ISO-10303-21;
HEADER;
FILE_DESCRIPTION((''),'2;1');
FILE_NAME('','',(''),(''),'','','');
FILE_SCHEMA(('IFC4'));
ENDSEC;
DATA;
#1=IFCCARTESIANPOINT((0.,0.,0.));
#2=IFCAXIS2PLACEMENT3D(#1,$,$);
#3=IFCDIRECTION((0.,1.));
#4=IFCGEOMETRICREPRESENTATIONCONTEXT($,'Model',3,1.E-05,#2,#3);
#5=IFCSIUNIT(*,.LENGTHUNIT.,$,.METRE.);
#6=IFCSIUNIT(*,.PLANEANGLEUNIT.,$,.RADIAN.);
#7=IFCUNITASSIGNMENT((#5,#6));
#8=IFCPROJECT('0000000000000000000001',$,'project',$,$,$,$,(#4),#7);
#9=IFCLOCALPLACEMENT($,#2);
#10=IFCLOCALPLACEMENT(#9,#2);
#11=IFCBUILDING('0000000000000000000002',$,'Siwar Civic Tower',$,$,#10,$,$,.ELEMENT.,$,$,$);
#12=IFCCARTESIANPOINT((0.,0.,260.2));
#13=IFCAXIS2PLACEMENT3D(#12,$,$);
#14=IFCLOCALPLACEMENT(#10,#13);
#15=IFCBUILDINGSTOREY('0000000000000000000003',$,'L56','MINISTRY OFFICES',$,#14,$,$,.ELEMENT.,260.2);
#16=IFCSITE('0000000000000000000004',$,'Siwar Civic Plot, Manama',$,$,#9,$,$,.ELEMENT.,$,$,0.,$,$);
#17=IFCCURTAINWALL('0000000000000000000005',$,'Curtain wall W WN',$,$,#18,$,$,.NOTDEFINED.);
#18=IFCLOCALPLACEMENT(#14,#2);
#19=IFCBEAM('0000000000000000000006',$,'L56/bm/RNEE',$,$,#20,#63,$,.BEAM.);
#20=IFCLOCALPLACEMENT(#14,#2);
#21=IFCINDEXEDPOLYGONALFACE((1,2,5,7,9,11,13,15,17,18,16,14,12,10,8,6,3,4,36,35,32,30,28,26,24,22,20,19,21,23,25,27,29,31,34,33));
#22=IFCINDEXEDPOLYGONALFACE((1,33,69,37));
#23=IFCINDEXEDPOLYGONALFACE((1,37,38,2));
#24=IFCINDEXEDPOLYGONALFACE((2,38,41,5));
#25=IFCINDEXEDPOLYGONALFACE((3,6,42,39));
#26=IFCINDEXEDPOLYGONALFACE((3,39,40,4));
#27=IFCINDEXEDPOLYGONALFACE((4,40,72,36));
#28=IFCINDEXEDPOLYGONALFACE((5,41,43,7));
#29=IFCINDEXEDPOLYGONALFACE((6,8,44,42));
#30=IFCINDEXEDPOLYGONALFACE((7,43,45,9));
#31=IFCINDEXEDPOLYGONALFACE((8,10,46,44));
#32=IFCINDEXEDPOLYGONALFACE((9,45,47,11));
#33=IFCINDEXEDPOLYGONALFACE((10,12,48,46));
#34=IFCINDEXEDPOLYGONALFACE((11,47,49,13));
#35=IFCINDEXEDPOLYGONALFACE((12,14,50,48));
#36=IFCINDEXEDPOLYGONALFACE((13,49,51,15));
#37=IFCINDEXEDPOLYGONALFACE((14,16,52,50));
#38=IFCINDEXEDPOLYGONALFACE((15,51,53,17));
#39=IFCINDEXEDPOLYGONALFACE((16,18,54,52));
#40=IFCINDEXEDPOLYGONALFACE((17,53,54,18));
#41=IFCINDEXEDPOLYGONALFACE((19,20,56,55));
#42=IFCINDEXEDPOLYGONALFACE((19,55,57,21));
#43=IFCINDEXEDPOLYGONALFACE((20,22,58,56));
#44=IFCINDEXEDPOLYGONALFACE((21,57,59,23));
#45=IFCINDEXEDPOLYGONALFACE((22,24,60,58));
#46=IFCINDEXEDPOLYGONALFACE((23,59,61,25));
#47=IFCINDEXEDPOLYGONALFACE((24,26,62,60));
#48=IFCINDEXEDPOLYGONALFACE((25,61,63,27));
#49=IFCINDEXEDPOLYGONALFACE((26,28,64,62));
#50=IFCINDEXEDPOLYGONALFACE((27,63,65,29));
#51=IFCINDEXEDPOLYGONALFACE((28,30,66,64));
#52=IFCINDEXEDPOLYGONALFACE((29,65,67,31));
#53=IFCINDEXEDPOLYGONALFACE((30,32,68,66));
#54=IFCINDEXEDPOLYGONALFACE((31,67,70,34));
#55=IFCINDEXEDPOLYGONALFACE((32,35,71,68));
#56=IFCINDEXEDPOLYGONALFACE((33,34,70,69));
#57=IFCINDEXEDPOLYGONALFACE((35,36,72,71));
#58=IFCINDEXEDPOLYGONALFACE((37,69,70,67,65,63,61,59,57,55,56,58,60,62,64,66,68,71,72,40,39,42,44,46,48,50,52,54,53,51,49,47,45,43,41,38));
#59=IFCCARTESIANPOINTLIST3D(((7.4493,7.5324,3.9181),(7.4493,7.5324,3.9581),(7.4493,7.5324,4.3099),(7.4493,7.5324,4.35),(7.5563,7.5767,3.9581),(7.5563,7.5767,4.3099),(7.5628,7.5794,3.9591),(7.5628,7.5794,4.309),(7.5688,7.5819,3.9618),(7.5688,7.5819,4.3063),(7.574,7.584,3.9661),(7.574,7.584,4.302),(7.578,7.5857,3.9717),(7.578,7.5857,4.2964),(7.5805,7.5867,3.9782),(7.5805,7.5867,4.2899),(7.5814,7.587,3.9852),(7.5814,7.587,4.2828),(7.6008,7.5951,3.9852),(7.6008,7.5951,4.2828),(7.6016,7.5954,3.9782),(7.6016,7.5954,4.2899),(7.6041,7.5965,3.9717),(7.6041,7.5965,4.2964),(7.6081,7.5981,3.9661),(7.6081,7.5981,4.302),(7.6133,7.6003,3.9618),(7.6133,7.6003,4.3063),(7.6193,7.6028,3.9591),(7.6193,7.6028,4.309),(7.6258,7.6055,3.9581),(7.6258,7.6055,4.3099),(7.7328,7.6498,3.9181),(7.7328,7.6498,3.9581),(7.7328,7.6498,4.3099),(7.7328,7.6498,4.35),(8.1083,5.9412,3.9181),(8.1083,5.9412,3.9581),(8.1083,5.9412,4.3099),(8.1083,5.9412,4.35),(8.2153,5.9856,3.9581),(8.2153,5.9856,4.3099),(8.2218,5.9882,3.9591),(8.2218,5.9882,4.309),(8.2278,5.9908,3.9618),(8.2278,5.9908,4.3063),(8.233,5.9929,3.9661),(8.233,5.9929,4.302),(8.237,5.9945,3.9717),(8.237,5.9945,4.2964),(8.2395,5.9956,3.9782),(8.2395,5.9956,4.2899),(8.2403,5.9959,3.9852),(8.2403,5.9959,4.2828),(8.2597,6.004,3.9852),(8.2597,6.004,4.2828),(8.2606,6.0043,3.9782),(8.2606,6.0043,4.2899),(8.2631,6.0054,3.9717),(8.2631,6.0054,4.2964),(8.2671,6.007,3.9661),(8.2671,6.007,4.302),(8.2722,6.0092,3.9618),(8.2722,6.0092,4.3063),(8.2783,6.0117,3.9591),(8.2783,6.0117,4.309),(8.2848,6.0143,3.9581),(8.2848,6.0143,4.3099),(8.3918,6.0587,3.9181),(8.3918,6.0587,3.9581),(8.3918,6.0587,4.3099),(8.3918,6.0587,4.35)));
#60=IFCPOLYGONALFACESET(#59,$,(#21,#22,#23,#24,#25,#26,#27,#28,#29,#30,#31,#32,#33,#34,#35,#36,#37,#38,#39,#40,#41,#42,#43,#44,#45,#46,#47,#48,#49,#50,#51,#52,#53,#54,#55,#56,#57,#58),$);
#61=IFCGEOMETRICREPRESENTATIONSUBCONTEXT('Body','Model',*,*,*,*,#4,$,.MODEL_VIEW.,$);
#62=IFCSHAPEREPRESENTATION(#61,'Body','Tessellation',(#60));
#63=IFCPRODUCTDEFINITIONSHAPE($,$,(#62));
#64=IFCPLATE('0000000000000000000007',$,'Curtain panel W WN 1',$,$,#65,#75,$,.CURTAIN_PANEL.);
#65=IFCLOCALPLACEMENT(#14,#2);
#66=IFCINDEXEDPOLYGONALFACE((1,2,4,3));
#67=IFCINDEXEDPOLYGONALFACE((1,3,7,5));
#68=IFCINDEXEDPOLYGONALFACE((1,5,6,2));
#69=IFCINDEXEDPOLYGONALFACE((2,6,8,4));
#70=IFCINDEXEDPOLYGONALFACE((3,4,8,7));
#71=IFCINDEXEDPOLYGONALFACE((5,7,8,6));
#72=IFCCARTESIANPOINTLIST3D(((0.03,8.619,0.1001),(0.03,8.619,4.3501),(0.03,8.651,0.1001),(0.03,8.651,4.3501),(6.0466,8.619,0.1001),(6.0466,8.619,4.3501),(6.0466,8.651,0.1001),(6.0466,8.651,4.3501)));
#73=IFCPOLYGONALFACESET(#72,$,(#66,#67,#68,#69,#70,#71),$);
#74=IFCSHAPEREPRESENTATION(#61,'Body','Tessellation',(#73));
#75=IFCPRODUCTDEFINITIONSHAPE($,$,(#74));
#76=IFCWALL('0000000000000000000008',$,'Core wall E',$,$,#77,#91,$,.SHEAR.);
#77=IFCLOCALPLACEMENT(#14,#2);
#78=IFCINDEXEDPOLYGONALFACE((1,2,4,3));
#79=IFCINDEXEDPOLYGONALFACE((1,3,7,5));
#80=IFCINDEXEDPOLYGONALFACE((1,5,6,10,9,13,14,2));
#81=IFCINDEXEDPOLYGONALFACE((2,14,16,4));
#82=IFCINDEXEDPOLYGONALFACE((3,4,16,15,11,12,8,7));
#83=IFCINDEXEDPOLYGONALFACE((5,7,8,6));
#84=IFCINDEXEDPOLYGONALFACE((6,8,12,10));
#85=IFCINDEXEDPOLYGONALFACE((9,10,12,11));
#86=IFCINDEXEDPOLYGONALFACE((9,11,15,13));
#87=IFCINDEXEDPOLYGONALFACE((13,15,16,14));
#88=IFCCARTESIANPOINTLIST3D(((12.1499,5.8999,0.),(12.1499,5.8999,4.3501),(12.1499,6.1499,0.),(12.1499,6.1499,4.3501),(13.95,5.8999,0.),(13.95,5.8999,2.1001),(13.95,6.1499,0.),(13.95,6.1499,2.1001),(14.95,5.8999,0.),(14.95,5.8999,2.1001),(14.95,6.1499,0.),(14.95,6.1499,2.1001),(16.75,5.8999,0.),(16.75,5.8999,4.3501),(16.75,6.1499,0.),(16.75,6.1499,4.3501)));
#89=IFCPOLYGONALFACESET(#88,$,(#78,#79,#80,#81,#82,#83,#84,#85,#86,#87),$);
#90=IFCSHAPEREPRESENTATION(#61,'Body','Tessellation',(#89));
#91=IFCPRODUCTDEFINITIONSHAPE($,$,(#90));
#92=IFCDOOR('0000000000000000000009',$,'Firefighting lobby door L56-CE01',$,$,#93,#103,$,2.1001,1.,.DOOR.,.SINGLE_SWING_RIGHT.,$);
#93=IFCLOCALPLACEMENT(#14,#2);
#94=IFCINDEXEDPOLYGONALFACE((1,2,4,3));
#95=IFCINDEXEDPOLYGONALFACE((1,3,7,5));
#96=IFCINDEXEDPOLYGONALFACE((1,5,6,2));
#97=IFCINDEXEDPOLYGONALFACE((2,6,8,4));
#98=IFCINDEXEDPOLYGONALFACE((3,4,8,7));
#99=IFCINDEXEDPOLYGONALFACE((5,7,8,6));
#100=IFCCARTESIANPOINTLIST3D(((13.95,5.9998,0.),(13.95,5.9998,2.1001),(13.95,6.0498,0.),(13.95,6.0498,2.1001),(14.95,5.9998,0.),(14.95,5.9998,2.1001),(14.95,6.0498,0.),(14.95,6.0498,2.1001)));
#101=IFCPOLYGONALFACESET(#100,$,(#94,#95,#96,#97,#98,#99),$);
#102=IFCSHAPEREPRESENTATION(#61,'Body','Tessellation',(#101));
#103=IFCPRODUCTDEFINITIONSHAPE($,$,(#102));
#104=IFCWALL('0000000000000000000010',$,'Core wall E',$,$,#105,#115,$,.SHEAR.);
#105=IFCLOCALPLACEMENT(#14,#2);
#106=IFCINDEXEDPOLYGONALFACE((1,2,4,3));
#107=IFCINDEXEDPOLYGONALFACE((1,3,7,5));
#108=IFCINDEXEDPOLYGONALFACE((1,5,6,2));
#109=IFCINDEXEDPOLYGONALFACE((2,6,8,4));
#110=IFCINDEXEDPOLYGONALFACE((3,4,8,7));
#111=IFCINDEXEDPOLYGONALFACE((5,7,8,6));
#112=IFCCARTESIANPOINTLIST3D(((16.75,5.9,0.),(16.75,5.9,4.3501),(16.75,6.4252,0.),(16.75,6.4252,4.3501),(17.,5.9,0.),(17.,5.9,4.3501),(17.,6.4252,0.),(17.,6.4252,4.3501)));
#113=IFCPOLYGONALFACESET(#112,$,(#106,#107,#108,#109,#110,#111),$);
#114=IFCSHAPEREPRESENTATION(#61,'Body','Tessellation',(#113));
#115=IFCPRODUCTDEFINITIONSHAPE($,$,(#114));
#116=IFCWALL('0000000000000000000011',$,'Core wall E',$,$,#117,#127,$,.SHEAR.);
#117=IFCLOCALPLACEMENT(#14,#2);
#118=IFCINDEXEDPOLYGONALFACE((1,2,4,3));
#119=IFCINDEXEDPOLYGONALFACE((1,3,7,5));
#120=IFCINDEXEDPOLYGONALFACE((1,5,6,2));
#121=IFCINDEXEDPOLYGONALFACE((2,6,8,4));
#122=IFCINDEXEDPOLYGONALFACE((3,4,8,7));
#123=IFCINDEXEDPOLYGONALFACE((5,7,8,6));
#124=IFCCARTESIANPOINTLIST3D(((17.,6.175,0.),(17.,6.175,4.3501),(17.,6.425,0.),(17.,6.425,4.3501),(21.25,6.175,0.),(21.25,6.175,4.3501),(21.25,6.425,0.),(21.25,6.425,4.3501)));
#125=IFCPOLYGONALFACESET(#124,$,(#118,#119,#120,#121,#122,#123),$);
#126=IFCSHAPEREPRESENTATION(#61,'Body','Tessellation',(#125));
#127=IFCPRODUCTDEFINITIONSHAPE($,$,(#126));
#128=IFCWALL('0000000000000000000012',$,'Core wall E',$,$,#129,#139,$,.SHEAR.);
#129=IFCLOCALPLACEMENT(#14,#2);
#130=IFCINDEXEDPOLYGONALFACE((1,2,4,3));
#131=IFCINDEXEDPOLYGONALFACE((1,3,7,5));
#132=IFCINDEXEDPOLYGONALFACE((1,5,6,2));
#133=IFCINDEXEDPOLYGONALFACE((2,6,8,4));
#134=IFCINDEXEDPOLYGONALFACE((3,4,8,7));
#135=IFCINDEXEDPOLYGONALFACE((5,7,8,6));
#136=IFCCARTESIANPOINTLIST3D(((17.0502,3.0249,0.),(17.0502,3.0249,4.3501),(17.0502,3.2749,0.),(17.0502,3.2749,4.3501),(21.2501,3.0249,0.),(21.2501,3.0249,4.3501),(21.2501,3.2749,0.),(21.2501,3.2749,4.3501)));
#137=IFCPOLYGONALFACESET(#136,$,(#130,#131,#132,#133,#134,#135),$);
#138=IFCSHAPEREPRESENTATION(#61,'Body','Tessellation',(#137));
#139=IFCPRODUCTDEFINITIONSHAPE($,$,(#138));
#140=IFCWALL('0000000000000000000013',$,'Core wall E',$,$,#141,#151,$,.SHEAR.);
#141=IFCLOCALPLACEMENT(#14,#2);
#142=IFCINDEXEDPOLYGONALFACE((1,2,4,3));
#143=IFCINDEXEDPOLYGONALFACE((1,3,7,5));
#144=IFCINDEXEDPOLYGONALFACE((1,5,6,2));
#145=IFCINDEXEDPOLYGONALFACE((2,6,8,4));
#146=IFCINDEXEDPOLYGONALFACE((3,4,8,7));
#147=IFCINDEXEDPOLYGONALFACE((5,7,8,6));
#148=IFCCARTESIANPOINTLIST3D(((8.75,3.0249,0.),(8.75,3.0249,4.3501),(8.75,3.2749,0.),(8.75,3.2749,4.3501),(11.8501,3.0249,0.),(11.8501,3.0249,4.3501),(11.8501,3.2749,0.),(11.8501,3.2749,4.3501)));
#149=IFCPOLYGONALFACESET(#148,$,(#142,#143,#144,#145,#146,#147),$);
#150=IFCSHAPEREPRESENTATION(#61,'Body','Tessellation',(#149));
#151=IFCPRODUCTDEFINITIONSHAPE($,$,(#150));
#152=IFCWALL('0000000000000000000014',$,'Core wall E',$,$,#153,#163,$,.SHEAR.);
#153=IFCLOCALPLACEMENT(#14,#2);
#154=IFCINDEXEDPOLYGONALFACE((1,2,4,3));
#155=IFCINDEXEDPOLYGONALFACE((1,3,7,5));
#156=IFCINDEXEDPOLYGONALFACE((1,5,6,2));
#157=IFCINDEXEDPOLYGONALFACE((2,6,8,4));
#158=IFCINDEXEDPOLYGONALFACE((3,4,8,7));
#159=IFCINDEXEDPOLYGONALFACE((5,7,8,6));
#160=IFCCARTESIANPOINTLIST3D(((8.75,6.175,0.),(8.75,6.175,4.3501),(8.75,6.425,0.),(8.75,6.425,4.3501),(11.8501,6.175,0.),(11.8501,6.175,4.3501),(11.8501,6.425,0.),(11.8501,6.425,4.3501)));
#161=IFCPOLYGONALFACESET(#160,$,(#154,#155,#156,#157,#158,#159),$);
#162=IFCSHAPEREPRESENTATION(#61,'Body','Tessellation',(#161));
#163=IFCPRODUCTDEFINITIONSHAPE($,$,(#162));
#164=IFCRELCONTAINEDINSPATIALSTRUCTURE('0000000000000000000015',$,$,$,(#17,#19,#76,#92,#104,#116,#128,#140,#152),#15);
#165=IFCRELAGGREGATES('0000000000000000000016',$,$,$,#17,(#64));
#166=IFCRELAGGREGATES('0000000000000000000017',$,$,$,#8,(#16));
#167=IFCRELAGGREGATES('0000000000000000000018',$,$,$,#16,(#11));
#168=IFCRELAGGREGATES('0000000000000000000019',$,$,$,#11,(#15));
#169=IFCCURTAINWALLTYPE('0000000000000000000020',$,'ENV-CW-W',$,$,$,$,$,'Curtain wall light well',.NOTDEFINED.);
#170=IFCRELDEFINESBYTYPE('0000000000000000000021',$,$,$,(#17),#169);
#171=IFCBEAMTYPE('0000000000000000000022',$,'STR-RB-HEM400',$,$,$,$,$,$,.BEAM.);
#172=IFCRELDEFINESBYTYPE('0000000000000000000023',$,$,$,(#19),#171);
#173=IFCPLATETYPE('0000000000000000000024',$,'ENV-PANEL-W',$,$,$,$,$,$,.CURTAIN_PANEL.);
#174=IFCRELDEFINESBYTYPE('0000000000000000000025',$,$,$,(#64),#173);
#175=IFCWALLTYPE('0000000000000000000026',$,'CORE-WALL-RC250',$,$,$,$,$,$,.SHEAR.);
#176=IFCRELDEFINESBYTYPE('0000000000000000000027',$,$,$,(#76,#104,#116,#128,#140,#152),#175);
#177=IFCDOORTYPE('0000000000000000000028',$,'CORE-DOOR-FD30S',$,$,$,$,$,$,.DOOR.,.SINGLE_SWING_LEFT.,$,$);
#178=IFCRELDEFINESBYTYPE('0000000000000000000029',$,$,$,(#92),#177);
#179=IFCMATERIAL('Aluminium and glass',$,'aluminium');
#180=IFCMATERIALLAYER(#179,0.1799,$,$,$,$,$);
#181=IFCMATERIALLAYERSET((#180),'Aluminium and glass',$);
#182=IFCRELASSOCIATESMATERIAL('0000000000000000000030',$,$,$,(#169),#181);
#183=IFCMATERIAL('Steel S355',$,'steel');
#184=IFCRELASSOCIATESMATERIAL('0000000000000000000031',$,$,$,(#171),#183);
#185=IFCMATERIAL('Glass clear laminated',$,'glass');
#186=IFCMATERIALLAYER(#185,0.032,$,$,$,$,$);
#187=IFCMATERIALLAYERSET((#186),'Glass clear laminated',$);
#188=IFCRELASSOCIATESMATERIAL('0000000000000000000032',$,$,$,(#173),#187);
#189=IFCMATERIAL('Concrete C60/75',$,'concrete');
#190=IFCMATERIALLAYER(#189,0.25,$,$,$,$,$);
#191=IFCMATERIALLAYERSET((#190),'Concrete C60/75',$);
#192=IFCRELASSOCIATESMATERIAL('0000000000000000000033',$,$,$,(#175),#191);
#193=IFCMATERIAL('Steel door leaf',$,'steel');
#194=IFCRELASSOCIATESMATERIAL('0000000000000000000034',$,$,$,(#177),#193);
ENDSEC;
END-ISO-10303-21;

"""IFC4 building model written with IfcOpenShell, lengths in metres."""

from ifc_helpers import new_model, si_unit, direction, frame, frame_2d, origin, origin_2d, place, context, subcontext, project, spatial, rectangle, i_section, extrude, material, layer, layer_set, material_profile, profile_set, type_object, element, fill, aggregate, save


model = new_model("IFC4")

# Units and contexts
model_context = context("Model", 3, precision=1e-05, world=origin(), true_north=direction((0.0, 1.0)))
body_context = subcontext(model_context, "Body", "Model", "MODEL_VIEW")
ifc_project = project(units=[si_unit("LENGTHUNIT", "METRE"), si_unit("PLANEANGLEUNIT", "RADIAN")], contexts=[model_context])

# Site, building, storey
site_placement = place(None, origin())
site = spatial("IfcSite", under=ifc_project, at=site_placement, Name="Siwar Civic Plot, Manama", CompositionType="ELEMENT", RefElevation=0.0)
building_placement = place(site_placement, origin())
building = spatial("IfcBuilding", under=site, at=building_placement, Name="Siwar Civic Tower", CompositionType="ELEMENT")
storey_placement = place(building_placement, frame((0.0, 0.0, 260.2)))
storey = spatial("IfcBuildingStorey", under=building, at=storey_placement, Name="L56", Description="MINISTRY OFFICES", CompositionType="ELEMENT", Elevation=260.2)

# Curtain wall
ifc_material_1 = material(Name="Aluminium and glass", Category="aluminium")
ifc_layer_1 = layer(ifc_material_1, 0.1799)
ifc_layer_set_1 = layer_set([ifc_layer_1], Name="Aluminium and glass")
curtain_wall_type = type_object("IfcCurtainWallType", Name="ENV-CW-W", ElementType="Curtain wall light well", PredefinedType="NOTDEFINED", material=ifc_layer_set_1)
curtain_wall_placement = place(storey_placement, origin())
curtain_wall = element("IfcCurtainWall", 1, at=curtain_wall_placement, inside=storey, type_object=curtain_wall_type, Name="Curtain wall W WN", PredefinedType="NOTDEFINED")

# Beam
ifc_material_2 = material(Name="Steel S355", Category="steel")
ifc_material_profile_1 = material_profile(ifc_material_2, i_section(OverallWidth=0.3069, OverallDepth=0.4319, WebThickness=0.021, FlangeThickness=0.04, FilletRadius=0.0271, at=origin_2d()), Name="HEM400")
ifc_profile_set_1 = profile_set([ifc_material_profile_1], Name="Steel S355")
beam_type_1 = type_object("IfcBeamType", Name="STR-RB-HEM400", PredefinedType="BEAM", material=ifc_profile_set_1)
for number, where, z_axis, x_axis, name in (
    (2, (7.5911, 7.5911, 4.134), (0.382631, -0.923901, 0.0), (0.923901, 0.382631, 0.0), "L56/bm/RNEE"),
):
    element("IfcBeam", number, at=place(storey_placement, frame(where, z_axis=z_axis, x_axis=x_axis)), inside=storey, type_object=beam_type_1, Name=name, PredefinedType="BEAM", context=body_context, shape_type="SweptSolid", body=[
        extrude(i_section(OverallWidth=0.3069, OverallDepth=0.4319, WebThickness=0.021, FlangeThickness=0.04, FilletRadius=0.0271, at=origin_2d()), origin(), (0.0, 0.0, 1.0), 1.7222),
    ])

# Plate
ifc_material_3 = material(Name="Glass clear laminated", Category="glass")
ifc_layer_2 = layer(ifc_material_3, 0.032)
ifc_layer_set_2 = layer_set([ifc_layer_2], Name="Glass clear laminated")
plate_type = type_object("IfcPlateType", Name="ENV-PANEL-W", PredefinedType="CURTAIN_PANEL", material=ifc_layer_set_2)
plate_placement = place(storey_placement, frame((3.0383, 8.635, 0.1001), z_axis=(0.0, 0.0, 1.0), x_axis=(-1.0, 0.0, 0.0)))
plate = element("IfcPlate", 3, at=plate_placement, type_object=plate_type, Name="Curtain panel W WN 1", PredefinedType="CURTAIN_PANEL", context=body_context, shape_type="SweptSolid", body=[
    extrude(rectangle(XDim=6.0166, YDim=0.032, at=origin_2d()), origin(), (0.0, 0.0, 1.0), 4.25),
])
aggregate(curtain_wall, [plate])

# Wall, opening, door
ifc_material_4 = material(Name="Concrete C60/75", Category="concrete")
ifc_layer_3 = layer(ifc_material_4, 0.25)
ifc_layer_set_3 = layer_set([ifc_layer_3], Name="Concrete C60/75")
wall_type_1 = type_object("IfcWallType", Name="CORE-WALL-RC250", PredefinedType="SHEAR", material=ifc_layer_set_3)
wall_1_placement = place(storey_placement, frame((12.1499, 6.0249, 0.0), z_axis=(0.0, 0.0, 1.0), x_axis=(1.0, 0.0, 0.0)))
wall_1 = element("IfcWall", 4, at=wall_1_placement, inside=storey, type_object=wall_type_1, Name="Core wall E", PredefinedType="SHEAR", context=body_context, shape_type="SweptSolid", body=[
    extrude(rectangle(XDim=4.6001, YDim=0.25, at=frame_2d((2.3, 0.0))), origin(), (0.0, 0.0, 1.0), 4.3501),
])
opening_1_placement = place(wall_1_placement, frame((1.8, 0.0, 0.0)))
opening_1 = element("IfcOpeningElement", 5, at=opening_1_placement, cuts=wall_1, PredefinedType="OPENING", context=body_context, shape_type="SweptSolid", body=[
    extrude(rectangle(XDim=1.0, YDim=2.1001, at=frame_2d((0.5, 1.05))), frame((0.0, 0.135, 0.0), z_axis=(0.0, -1.0, 0.0), x_axis=(1.0, 0.0, 0.0)), (0.0, 0.0, 1.0), 0.27),
])
ifc_material_5 = material(Name="Steel door leaf", Category="steel")
door_type_1 = type_object("IfcDoorType", Name="CORE-DOOR-FD30S", OperationType="SINGLE_SWING_LEFT", PredefinedType="DOOR", material=ifc_material_5)
door_1_placement = place(opening_1_placement, origin())
door_1 = element("IfcDoor", 6, at=door_1_placement, inside=storey, type_object=door_type_1, Name="Firefighting lobby door L56-CE01", OperationType="SINGLE_SWING_RIGHT", OverallHeight=2.1001, OverallWidth=1.0, PredefinedType="DOOR", context=body_context, shape_type="SweptSolid", body=[
    extrude(rectangle(XDim=1.0, YDim=2.1001, at=frame_2d((0.5, 1.05))), frame((0.0, 0.0249, 0.0), z_axis=(0.0, -1.0, 0.0), x_axis=(1.0, 0.0, 0.0)), (0.0, 0.0, 1.0), 0.05),
])
fill(opening_1, door_1)

# Walls
wall_2_placement = place(storey_placement, frame((16.875, 5.8999, 0.0), z_axis=(0.0, 0.0, 1.0), x_axis=(0.0, 1.0, 0.0)))
element("IfcWall", 7, at=wall_2_placement, inside=storey, type_object=wall_type_1, Name="Core wall E", PredefinedType="SHEAR", context=body_context, shape_type="SweptSolid", body=[
    extrude(rectangle(XDim=0.5251, YDim=0.25, at=frame_2d((0.2627, 0.0))), origin(), (0.0, 0.0, 1.0), 4.3501),
])
wall_3_placement = place(storey_placement, frame((17.0, 6.3, 0.0), z_axis=(0.0, 0.0, 1.0), x_axis=(1.0, 0.0, 0.0)))
element("IfcWall", 8, at=wall_3_placement, inside=storey, type_object=wall_type_1, Name="Core wall E", PredefinedType="SHEAR", context=body_context, shape_type="SweptSolid", body=[
    extrude(rectangle(XDim=4.25, YDim=0.25, at=frame_2d((2.125, 0.0))), origin(), (0.0, 0.0, 1.0), 4.3501),
])
wall_4_placement = place(storey_placement, frame((17.05, 3.1499, 0.0), z_axis=(0.0, 0.0, 1.0), x_axis=(1.0, 0.0, 0.0)))
element("IfcWall", 9, at=wall_4_placement, inside=storey, type_object=wall_type_1, Name="Core wall E", PredefinedType="SHEAR", context=body_context, shape_type="SweptSolid", body=[
    extrude(rectangle(XDim=4.2, YDim=0.25, at=frame_2d((2.1001, 0.0))), origin(), (0.0, 0.0, 1.0), 4.3501),
])
for number, where, z_axis, x_axis, name in (
    (10, (8.75, 3.1499, 0.0), (0.0, 0.0, 1.0), (1.0, 0.0, 0.0), "Core wall E"),
    (11, (8.75, 6.3, 0.0), (0.0, 0.0, 1.0), (1.0, 0.0, 0.0), "Core wall E"),
):
    element("IfcWall", number, at=place(storey_placement, frame(where, z_axis=z_axis, x_axis=x_axis)), inside=storey, type_object=wall_type_1, Name=name, PredefinedType="SHEAR", context=body_context, shape_type="SweptSolid", body=[
        extrude(rectangle(XDim=3.1001, YDim=0.25, at=frame_2d((1.55, 0.0))), origin(), (0.0, 0.0, 1.0), 4.3501),
    ])

save(model, "model.ifc")
